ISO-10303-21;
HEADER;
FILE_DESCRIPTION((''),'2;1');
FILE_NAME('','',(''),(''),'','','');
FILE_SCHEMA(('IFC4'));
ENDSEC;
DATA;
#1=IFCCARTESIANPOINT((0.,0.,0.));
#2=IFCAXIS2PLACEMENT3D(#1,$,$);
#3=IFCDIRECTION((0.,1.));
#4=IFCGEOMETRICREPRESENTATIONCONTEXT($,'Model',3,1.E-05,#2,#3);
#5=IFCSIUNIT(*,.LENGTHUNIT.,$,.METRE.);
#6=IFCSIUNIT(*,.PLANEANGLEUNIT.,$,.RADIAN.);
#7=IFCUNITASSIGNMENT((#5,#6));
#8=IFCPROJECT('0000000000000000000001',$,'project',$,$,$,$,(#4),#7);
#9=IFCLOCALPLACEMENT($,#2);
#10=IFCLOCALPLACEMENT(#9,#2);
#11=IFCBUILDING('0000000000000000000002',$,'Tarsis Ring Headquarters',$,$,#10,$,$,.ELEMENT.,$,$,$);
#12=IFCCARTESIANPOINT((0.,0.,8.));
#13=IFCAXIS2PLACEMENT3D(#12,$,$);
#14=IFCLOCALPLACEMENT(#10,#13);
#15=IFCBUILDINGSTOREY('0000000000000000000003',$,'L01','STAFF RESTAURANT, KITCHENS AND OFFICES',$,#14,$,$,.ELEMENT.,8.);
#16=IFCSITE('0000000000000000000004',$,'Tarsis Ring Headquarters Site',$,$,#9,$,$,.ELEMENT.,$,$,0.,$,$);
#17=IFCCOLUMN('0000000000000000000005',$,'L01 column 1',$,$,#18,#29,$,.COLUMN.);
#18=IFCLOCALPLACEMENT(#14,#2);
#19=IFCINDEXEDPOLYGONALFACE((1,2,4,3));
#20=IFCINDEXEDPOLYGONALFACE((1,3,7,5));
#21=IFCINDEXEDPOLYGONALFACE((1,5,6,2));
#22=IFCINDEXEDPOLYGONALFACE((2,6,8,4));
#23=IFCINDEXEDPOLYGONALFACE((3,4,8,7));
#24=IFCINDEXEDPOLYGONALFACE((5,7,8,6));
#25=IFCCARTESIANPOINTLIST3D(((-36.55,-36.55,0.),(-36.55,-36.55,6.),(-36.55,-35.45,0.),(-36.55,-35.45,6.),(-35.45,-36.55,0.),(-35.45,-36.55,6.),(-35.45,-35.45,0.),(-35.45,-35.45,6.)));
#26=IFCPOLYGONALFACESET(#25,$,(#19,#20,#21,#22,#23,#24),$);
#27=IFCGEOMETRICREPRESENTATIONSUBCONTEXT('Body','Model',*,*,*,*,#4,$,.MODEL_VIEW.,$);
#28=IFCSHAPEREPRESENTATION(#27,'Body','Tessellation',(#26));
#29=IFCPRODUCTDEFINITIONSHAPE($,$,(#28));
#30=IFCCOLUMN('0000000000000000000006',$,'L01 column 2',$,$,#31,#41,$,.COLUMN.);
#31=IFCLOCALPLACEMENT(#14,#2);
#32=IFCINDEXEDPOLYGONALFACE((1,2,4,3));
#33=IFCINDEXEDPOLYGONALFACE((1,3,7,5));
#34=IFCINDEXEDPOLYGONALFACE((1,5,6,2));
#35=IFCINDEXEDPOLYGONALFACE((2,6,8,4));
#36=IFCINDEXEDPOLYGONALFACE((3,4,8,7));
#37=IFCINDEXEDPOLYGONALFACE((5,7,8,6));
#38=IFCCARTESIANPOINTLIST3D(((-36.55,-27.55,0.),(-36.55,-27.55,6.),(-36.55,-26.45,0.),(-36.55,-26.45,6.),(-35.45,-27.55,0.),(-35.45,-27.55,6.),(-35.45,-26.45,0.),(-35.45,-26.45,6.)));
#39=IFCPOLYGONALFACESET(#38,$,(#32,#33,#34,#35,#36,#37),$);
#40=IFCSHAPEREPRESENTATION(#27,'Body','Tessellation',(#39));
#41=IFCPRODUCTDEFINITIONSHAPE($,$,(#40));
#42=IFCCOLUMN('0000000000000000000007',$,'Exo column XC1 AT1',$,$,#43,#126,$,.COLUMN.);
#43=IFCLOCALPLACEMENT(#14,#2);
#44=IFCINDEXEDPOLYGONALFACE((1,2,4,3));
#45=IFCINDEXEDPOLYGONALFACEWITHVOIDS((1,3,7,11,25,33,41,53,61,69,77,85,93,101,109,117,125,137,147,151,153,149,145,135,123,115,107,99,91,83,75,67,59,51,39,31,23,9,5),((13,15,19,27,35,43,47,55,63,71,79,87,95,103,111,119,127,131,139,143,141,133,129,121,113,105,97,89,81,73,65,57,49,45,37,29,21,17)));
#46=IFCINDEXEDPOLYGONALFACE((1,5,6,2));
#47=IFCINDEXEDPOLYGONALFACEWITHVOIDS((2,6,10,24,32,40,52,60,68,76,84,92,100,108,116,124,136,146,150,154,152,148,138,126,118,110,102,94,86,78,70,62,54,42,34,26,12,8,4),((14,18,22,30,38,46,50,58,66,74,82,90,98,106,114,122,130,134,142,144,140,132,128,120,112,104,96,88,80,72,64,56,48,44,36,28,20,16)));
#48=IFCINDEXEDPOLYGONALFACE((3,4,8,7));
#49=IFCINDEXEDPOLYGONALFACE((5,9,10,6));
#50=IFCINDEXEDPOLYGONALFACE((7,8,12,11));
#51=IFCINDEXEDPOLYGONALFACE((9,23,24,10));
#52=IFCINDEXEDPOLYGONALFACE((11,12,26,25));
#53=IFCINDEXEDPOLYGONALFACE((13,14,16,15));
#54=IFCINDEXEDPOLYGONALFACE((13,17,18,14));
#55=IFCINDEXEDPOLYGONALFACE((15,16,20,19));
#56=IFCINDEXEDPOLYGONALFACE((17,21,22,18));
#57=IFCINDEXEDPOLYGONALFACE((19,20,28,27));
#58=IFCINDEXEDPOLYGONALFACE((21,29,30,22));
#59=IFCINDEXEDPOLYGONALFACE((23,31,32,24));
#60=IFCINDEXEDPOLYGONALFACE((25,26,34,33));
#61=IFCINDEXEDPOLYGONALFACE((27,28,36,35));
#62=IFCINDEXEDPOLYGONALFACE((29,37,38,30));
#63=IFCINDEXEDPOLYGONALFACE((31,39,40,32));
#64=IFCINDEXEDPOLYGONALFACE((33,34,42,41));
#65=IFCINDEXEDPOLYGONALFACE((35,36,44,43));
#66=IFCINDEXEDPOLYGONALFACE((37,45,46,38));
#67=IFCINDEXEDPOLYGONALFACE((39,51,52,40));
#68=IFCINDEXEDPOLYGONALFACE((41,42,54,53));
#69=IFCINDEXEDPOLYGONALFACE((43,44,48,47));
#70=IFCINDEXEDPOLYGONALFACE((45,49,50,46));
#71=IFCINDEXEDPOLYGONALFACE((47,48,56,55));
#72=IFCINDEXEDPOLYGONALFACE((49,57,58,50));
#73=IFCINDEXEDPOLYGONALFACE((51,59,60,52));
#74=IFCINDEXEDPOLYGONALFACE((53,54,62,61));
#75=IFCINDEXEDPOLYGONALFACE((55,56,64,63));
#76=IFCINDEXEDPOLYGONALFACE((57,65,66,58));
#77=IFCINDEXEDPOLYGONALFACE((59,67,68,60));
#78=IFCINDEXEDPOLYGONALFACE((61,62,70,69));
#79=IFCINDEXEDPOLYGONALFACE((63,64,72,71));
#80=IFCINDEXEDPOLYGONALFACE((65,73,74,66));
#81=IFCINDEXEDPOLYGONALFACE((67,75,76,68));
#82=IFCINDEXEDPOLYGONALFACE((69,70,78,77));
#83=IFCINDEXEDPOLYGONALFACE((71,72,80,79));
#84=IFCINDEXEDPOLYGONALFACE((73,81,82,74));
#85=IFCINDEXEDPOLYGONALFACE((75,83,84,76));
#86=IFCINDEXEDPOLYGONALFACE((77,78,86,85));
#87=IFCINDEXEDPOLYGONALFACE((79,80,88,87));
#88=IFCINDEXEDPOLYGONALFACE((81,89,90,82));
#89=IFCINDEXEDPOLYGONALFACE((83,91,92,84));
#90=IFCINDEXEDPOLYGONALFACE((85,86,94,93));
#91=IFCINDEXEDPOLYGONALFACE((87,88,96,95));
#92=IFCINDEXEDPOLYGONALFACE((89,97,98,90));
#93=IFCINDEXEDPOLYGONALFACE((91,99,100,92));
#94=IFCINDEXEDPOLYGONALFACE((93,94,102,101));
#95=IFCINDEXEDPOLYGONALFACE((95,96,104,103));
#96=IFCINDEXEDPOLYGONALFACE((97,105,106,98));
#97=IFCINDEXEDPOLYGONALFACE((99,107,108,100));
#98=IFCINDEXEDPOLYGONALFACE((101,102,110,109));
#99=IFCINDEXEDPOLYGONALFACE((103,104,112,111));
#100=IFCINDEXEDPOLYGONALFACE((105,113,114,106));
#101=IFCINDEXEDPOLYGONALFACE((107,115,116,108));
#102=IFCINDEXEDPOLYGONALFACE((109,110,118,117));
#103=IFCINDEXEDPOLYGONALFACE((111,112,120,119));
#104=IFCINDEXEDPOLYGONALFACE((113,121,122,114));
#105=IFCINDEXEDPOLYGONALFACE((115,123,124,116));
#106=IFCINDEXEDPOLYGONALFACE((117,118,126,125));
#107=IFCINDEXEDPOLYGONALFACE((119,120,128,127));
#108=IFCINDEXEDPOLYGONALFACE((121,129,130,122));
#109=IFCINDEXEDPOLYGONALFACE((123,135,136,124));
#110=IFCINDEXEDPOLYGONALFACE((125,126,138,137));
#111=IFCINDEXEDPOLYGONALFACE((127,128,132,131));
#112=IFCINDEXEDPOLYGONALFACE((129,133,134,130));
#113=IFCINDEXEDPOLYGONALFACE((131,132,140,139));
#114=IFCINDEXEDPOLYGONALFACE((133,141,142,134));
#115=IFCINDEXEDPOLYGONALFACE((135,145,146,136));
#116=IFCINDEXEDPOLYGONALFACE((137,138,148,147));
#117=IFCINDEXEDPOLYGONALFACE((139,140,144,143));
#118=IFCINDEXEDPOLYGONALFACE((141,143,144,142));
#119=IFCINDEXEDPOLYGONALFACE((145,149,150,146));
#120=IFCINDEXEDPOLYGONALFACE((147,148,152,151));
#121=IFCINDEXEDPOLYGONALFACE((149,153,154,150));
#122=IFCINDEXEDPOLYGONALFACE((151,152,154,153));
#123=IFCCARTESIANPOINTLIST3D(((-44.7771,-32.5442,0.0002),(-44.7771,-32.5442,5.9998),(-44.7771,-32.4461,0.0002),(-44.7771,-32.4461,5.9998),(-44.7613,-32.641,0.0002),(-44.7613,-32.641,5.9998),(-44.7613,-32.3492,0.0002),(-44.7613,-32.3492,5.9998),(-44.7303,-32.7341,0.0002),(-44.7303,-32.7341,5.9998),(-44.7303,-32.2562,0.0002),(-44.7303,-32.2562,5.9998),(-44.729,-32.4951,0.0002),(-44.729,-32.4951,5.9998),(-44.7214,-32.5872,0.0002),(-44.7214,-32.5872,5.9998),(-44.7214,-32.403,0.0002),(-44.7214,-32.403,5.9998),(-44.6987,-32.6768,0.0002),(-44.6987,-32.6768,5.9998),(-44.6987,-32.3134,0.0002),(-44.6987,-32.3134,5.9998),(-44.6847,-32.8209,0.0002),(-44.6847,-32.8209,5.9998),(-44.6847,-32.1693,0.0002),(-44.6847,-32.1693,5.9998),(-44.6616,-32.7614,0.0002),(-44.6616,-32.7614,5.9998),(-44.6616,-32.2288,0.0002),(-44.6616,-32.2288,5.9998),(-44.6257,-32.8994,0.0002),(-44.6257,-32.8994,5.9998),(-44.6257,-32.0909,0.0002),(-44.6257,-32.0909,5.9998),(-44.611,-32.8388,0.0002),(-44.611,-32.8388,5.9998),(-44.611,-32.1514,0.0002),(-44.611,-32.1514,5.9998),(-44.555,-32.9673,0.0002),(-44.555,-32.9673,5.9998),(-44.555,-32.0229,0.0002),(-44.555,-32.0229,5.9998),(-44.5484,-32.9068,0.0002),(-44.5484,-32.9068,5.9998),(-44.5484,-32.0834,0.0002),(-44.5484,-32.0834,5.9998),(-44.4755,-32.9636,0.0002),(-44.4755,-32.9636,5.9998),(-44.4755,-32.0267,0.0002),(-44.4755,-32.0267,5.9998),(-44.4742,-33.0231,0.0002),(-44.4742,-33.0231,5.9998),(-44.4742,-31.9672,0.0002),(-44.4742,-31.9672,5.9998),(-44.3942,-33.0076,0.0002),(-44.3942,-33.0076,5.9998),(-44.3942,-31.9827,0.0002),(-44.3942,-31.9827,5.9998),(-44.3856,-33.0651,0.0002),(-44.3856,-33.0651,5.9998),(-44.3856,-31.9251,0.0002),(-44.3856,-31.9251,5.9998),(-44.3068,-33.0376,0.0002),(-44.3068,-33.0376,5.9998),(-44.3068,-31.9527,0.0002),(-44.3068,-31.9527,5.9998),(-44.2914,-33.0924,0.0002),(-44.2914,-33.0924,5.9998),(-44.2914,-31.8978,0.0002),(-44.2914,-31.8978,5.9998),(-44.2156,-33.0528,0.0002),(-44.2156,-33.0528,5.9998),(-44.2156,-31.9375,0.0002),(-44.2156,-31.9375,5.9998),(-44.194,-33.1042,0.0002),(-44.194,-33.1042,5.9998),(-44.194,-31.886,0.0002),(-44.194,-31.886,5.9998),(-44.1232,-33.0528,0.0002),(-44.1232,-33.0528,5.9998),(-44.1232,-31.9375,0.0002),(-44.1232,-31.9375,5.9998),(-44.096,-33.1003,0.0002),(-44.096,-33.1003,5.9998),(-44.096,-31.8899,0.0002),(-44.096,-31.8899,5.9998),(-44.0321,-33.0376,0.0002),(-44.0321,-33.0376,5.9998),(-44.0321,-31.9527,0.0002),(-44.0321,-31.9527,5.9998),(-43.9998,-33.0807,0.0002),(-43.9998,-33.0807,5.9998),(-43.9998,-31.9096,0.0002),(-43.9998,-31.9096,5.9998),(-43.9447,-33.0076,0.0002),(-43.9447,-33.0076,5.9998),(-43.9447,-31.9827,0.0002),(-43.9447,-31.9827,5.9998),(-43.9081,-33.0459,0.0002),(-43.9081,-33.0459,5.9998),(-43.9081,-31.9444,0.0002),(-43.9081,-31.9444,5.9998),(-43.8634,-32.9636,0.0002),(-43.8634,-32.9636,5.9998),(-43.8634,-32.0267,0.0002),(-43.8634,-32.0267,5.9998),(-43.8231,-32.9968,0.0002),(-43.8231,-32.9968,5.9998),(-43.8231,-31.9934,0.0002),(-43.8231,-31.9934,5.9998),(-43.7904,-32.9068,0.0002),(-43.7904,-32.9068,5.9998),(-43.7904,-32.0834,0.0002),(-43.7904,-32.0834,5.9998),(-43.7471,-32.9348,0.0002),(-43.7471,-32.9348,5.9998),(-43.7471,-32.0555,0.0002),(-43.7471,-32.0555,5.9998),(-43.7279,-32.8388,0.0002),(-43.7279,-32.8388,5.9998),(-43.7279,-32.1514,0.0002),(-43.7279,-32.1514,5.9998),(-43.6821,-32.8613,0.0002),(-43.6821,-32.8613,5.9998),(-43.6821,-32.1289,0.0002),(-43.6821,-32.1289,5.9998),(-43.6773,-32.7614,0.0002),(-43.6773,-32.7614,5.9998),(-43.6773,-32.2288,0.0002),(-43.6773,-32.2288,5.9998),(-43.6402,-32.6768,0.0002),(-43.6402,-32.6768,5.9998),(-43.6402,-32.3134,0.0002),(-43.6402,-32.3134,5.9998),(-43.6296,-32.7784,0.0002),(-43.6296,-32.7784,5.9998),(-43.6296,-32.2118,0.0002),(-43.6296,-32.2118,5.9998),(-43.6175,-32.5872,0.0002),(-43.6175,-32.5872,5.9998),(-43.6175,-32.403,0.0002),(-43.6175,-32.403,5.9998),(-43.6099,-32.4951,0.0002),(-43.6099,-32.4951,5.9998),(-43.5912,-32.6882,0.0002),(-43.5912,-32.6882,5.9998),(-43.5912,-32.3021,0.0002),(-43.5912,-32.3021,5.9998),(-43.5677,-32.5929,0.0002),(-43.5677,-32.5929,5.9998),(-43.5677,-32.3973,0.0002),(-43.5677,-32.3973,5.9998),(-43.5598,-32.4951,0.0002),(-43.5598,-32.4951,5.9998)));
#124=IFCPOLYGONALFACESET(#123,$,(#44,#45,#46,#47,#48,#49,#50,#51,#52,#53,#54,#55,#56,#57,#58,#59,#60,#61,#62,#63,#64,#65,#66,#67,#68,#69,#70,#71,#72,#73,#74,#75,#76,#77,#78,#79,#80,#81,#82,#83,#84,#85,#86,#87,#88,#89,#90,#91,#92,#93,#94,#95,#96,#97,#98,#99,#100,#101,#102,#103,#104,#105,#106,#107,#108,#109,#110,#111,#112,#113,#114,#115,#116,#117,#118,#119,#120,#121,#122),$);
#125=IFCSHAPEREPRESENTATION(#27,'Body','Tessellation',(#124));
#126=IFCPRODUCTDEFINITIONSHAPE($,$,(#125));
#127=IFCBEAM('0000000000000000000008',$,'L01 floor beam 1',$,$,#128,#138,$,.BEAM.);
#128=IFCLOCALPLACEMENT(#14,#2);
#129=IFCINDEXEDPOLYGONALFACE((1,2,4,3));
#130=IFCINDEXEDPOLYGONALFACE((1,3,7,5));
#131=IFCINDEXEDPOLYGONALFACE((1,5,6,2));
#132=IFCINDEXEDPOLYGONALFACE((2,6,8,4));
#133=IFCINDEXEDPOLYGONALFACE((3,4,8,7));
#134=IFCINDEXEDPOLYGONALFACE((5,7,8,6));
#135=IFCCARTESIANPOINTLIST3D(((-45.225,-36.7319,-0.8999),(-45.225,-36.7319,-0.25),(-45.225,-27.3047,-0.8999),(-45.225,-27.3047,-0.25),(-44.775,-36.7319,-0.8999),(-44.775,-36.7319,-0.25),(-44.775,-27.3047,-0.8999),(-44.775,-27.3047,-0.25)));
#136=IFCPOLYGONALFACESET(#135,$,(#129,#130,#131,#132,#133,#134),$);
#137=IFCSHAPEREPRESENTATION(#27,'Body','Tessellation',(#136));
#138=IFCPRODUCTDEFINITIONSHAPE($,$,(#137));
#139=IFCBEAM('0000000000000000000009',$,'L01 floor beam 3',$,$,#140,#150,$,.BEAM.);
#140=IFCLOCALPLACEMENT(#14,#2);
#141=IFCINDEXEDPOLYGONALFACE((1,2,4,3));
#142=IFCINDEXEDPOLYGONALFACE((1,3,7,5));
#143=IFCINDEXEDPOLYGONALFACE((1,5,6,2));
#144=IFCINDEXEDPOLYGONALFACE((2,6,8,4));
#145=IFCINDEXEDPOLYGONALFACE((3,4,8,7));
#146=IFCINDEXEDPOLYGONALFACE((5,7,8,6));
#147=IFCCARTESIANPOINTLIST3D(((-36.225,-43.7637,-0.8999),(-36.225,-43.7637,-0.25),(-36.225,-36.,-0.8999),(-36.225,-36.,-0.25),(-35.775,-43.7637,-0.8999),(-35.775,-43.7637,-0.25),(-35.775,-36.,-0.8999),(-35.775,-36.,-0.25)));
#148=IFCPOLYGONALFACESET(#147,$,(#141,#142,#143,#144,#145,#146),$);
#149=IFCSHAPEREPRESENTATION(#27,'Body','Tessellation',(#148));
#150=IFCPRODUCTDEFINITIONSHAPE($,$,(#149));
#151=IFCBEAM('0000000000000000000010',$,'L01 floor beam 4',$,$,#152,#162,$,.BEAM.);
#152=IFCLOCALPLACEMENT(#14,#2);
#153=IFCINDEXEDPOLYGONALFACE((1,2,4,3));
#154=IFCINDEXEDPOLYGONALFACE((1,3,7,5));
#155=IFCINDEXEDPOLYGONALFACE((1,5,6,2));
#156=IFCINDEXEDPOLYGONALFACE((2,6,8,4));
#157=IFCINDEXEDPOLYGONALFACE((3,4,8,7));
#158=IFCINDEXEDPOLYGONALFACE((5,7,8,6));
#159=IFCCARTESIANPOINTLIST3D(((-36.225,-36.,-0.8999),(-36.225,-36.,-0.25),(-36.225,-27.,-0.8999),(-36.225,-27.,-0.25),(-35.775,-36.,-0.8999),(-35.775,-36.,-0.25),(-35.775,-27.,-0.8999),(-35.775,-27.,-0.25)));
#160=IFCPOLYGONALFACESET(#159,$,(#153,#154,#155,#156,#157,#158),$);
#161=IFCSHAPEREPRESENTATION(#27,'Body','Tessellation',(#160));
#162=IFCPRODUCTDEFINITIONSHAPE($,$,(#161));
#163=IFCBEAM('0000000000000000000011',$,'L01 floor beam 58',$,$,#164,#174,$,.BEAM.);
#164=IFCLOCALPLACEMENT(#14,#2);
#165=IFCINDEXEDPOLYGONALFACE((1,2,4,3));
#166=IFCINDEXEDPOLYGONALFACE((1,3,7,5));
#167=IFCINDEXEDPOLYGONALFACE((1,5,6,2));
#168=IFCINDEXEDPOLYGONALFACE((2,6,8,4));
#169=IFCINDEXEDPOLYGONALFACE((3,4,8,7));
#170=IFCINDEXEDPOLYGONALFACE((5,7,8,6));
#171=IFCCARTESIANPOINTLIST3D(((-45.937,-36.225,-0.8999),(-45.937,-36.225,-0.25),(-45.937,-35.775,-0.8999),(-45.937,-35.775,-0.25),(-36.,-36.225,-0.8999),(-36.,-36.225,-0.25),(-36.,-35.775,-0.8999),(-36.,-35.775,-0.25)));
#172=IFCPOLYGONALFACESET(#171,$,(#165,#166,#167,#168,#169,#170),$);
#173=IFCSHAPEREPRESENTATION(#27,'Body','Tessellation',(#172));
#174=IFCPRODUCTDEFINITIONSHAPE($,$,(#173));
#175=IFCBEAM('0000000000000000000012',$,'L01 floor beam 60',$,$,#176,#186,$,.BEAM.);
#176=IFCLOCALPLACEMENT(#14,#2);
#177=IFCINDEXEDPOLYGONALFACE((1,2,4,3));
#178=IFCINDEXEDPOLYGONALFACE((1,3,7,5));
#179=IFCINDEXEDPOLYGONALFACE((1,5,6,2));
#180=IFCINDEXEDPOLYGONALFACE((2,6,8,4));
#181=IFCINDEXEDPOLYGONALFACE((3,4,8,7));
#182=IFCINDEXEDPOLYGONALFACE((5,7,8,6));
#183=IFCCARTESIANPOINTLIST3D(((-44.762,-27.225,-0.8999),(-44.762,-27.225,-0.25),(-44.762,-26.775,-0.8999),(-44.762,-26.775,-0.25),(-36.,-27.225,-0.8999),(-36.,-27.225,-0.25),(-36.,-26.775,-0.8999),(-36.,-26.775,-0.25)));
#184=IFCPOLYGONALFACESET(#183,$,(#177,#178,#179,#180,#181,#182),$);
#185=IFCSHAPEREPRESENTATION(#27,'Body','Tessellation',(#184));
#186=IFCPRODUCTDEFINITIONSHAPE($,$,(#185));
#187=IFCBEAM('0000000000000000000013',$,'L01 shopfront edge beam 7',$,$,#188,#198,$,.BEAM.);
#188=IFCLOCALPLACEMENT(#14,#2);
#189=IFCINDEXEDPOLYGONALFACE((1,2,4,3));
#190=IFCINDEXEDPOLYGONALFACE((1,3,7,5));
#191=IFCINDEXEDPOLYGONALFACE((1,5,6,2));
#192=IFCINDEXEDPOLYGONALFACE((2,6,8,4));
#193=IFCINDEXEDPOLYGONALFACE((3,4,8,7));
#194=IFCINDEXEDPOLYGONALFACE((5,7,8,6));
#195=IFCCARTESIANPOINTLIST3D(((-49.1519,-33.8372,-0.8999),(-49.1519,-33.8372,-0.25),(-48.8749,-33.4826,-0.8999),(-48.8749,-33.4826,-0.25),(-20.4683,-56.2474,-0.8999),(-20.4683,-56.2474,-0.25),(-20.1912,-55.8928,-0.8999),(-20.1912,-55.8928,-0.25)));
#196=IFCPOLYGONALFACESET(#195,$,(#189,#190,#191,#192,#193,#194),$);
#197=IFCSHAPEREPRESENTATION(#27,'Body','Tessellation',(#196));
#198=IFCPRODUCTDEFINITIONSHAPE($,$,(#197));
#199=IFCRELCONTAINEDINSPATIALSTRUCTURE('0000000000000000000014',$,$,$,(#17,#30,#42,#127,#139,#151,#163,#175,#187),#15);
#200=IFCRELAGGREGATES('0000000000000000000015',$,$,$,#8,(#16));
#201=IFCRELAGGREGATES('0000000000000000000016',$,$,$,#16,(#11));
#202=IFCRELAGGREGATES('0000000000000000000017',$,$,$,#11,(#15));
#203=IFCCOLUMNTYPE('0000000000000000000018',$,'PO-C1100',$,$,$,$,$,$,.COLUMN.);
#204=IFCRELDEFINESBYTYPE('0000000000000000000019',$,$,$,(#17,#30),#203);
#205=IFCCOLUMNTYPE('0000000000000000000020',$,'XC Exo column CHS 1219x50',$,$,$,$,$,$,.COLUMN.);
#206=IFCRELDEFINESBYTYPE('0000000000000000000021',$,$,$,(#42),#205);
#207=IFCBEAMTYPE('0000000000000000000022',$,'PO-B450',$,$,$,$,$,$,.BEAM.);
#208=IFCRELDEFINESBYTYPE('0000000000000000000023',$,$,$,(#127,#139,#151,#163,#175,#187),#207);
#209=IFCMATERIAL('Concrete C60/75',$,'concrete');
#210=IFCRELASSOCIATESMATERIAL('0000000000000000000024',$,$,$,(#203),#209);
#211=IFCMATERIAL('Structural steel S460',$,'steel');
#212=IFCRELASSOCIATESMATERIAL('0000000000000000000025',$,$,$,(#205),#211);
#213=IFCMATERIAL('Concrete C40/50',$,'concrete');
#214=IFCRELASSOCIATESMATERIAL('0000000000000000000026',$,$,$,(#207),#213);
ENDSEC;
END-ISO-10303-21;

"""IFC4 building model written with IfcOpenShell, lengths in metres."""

from ifc_helpers import new_model, si_unit, direction, frame, origin, origin_2d, place, context, subcontext, project, spatial, rectangle, hollow_circle, extrude, material, material_profile, profile_set, type_object, element, save


model = new_model("IFC4")

# Units and contexts
model_context = context("Model", 3, precision=1e-05, world=origin(), true_north=direction((0.0, 1.0)))
body_context = subcontext(model_context, "Body", "Model", "MODEL_VIEW")
ifc_project = project(units=[si_unit("LENGTHUNIT", "METRE"), si_unit("PLANEANGLEUNIT", "RADIAN")], contexts=[model_context])

# Site, building, storey
site_placement = place(None, origin())
site = spatial("IfcSite", under=ifc_project, at=site_placement, Name="Tarsis Ring Headquarters Site", CompositionType="ELEMENT", RefElevation=0.0)
building_placement = place(site_placement, origin())
building = spatial("IfcBuilding", under=site, at=building_placement, Name="Tarsis Ring Headquarters", CompositionType="ELEMENT")
storey_placement = place(building_placement, frame((0.0, 0.0, 8.0)))
storey = spatial("IfcBuildingStorey", under=building, at=storey_placement, Name="L01", Description="STAFF RESTAURANT, KITCHENS AND OFFICES", CompositionType="ELEMENT", Elevation=8.0)

# Columns
ifc_material_1 = material(Name="Concrete C60/75", Category="concrete")
ifc_material_profile_1 = material_profile(ifc_material_1, rectangle(XDim=1.1001, YDim=1.1001, at=origin_2d()), Name="PO-C1100")
ifc_profile_set_1 = profile_set([ifc_material_profile_1], Name="Concrete C60/75")
column_type_1 = type_object("IfcColumnType", Name="PO-C1100", PredefinedType="COLUMN", material=ifc_profile_set_1)
for number, where, z_axis, x_axis, name in (
    (1, (-36.0, -36.0, 0.0), (0.0, 0.0, 1.0), (1.0, 0.0, 0.0), "L01 column 1"),
    (2, (-36.0, -27.0, 0.0), (0.0, 0.0, 1.0), (1.0, 0.0, 0.0), "L01 column 2"),
):
    element("IfcColumn", number, at=place(storey_placement, frame(where, z_axis=z_axis, x_axis=x_axis)), inside=storey, type_object=column_type_1, Name=name, PredefinedType="COLUMN", context=body_context, shape_type="SweptSolid", body=[
        extrude(rectangle(XDim=1.1001, YDim=1.1001, at=origin_2d()), origin(), (0.0, 0.0, 1.0), 6.0),
    ])
ifc_material_2 = material(Name="Structural steel S460", Category="steel")
ifc_material_profile_2 = material_profile(ifc_material_2, hollow_circle(Radius=0.6096, WallThickness=0.05, at=origin_2d()), Name="CHS 1219x50")
ifc_profile_set_2 = profile_set([ifc_material_profile_2], Name="Structural steel S460")
column_type_2 = type_object("IfcColumnType", Name="XC Exo column CHS 1219x50", PredefinedType="COLUMN", material=ifc_profile_set_2)
column_placement = place(storey_placement, frame((-44.1694, -32.4951, 0.0002), z_axis=(0.0, 0.0, 1.0), x_axis=(1.0, 0.0, 0.0)))
element("IfcColumn", 3, at=column_placement, inside=storey, type_object=column_type_2, Name="Exo column XC1 AT1", PredefinedType="COLUMN", context=body_context, shape_type="SweptSolid", body=[
    extrude(hollow_circle(Radius=0.6096, WallThickness=0.05, at=origin_2d()), origin(), (0.0, 0.0, 1.0), 5.9995),
])

# Beams
ifc_material_3 = material(Name="Concrete C40/50", Category="concrete")
ifc_material_profile_3 = material_profile(ifc_material_3, rectangle(XDim=0.45, YDim=0.6499, at=origin_2d()), Name="PO-B450")
ifc_profile_set_3 = profile_set([ifc_material_profile_3], Name="Concrete C40/50")
beam_type_1 = type_object("IfcBeamType", Name="PO-B450", PredefinedType="BEAM", material=ifc_profile_set_3)
beam_1_placement = place(storey_placement, frame((-45.0, -36.7319, -0.575), z_axis=(0.0, 1.0, 0.0), x_axis=(-1.0, 0.0, 0.0)))
element("IfcBeam", 4, at=beam_1_placement, inside=storey, type_object=beam_type_1, Name="L01 floor beam 1", PredefinedType="BEAM", context=body_context, shape_type="SweptSolid", body=[
    extrude(rectangle(XDim=0.45, YDim=0.6499, at=origin_2d()), origin(), (0.0, 0.0, 1.0), 9.4272),
])
beam_2_placement = place(storey_placement, frame((-36.0, -43.7637, -0.575), z_axis=(0.0, 1.0, 0.0), x_axis=(-1.0, 0.0, 0.0)))
element("IfcBeam", 5, at=beam_2_placement, inside=storey, type_object=beam_type_1, Name="L01 floor beam 3", PredefinedType="BEAM", context=body_context, shape_type="SweptSolid", body=[
    extrude(rectangle(XDim=0.45, YDim=0.6499, at=origin_2d()), origin(), (0.0, 0.0, 1.0), 7.7637),
])
beam_3_placement = place(storey_placement, frame((-36.0, -36.0, -0.575), z_axis=(0.0, 1.0, 0.0), x_axis=(-1.0, 0.0, 0.0)))
element("IfcBeam", 6, at=beam_3_placement, inside=storey, type_object=beam_type_1, Name="L01 floor beam 4", PredefinedType="BEAM", context=body_context, shape_type="SweptSolid", body=[
    extrude(rectangle(XDim=0.45, YDim=0.6499, at=origin_2d()), origin(), (0.0, 0.0, 1.0), 9.0),
])
beam_4_placement = place(storey_placement, frame((-45.937, -36.0, -0.575), z_axis=(1.0, 0.0, 0.0), x_axis=(0.0, 1.0, 0.0)))
element("IfcBeam", 7, at=beam_4_placement, inside=storey, type_object=beam_type_1, Name="L01 floor beam 58", PredefinedType="BEAM", context=body_context, shape_type="SweptSolid", body=[
    extrude(rectangle(XDim=0.45, YDim=0.6499, at=origin_2d()), origin(), (0.0, 0.0, 1.0), 9.937),
])
beam_5_placement = place(storey_placement, frame((-44.762, -27.0, -0.575), z_axis=(1.0, 0.0, 0.0), x_axis=(0.0, 1.0, 0.0)))
element("IfcBeam", 8, at=beam_5_placement, inside=storey, type_object=beam_type_1, Name="L01 floor beam 60", PredefinedType="BEAM", context=body_context, shape_type="SweptSolid", body=[
    extrude(rectangle(XDim=0.45, YDim=0.6499, at=origin_2d()), origin(), (0.0, 0.0, 1.0), 8.762),
])
beam_6_placement = place(storey_placement, frame((-49.0134, -33.6599, -0.575), z_axis=(0.78801, -0.615663, 0.0), x_axis=(0.615663, 0.78801, 0.0)))
element("IfcBeam", 9, at=beam_6_placement, inside=storey, type_object=beam_type_1, Name="L01 shopfront edge beam 7", PredefinedType="BEAM", context=body_context, shape_type="SweptSolid", body=[
    extrude(rectangle(XDim=0.45, YDim=0.6499, at=origin_2d()), origin(), (0.0, 0.0, 1.0), 36.4001),
])

save(model, "model.ifc")
